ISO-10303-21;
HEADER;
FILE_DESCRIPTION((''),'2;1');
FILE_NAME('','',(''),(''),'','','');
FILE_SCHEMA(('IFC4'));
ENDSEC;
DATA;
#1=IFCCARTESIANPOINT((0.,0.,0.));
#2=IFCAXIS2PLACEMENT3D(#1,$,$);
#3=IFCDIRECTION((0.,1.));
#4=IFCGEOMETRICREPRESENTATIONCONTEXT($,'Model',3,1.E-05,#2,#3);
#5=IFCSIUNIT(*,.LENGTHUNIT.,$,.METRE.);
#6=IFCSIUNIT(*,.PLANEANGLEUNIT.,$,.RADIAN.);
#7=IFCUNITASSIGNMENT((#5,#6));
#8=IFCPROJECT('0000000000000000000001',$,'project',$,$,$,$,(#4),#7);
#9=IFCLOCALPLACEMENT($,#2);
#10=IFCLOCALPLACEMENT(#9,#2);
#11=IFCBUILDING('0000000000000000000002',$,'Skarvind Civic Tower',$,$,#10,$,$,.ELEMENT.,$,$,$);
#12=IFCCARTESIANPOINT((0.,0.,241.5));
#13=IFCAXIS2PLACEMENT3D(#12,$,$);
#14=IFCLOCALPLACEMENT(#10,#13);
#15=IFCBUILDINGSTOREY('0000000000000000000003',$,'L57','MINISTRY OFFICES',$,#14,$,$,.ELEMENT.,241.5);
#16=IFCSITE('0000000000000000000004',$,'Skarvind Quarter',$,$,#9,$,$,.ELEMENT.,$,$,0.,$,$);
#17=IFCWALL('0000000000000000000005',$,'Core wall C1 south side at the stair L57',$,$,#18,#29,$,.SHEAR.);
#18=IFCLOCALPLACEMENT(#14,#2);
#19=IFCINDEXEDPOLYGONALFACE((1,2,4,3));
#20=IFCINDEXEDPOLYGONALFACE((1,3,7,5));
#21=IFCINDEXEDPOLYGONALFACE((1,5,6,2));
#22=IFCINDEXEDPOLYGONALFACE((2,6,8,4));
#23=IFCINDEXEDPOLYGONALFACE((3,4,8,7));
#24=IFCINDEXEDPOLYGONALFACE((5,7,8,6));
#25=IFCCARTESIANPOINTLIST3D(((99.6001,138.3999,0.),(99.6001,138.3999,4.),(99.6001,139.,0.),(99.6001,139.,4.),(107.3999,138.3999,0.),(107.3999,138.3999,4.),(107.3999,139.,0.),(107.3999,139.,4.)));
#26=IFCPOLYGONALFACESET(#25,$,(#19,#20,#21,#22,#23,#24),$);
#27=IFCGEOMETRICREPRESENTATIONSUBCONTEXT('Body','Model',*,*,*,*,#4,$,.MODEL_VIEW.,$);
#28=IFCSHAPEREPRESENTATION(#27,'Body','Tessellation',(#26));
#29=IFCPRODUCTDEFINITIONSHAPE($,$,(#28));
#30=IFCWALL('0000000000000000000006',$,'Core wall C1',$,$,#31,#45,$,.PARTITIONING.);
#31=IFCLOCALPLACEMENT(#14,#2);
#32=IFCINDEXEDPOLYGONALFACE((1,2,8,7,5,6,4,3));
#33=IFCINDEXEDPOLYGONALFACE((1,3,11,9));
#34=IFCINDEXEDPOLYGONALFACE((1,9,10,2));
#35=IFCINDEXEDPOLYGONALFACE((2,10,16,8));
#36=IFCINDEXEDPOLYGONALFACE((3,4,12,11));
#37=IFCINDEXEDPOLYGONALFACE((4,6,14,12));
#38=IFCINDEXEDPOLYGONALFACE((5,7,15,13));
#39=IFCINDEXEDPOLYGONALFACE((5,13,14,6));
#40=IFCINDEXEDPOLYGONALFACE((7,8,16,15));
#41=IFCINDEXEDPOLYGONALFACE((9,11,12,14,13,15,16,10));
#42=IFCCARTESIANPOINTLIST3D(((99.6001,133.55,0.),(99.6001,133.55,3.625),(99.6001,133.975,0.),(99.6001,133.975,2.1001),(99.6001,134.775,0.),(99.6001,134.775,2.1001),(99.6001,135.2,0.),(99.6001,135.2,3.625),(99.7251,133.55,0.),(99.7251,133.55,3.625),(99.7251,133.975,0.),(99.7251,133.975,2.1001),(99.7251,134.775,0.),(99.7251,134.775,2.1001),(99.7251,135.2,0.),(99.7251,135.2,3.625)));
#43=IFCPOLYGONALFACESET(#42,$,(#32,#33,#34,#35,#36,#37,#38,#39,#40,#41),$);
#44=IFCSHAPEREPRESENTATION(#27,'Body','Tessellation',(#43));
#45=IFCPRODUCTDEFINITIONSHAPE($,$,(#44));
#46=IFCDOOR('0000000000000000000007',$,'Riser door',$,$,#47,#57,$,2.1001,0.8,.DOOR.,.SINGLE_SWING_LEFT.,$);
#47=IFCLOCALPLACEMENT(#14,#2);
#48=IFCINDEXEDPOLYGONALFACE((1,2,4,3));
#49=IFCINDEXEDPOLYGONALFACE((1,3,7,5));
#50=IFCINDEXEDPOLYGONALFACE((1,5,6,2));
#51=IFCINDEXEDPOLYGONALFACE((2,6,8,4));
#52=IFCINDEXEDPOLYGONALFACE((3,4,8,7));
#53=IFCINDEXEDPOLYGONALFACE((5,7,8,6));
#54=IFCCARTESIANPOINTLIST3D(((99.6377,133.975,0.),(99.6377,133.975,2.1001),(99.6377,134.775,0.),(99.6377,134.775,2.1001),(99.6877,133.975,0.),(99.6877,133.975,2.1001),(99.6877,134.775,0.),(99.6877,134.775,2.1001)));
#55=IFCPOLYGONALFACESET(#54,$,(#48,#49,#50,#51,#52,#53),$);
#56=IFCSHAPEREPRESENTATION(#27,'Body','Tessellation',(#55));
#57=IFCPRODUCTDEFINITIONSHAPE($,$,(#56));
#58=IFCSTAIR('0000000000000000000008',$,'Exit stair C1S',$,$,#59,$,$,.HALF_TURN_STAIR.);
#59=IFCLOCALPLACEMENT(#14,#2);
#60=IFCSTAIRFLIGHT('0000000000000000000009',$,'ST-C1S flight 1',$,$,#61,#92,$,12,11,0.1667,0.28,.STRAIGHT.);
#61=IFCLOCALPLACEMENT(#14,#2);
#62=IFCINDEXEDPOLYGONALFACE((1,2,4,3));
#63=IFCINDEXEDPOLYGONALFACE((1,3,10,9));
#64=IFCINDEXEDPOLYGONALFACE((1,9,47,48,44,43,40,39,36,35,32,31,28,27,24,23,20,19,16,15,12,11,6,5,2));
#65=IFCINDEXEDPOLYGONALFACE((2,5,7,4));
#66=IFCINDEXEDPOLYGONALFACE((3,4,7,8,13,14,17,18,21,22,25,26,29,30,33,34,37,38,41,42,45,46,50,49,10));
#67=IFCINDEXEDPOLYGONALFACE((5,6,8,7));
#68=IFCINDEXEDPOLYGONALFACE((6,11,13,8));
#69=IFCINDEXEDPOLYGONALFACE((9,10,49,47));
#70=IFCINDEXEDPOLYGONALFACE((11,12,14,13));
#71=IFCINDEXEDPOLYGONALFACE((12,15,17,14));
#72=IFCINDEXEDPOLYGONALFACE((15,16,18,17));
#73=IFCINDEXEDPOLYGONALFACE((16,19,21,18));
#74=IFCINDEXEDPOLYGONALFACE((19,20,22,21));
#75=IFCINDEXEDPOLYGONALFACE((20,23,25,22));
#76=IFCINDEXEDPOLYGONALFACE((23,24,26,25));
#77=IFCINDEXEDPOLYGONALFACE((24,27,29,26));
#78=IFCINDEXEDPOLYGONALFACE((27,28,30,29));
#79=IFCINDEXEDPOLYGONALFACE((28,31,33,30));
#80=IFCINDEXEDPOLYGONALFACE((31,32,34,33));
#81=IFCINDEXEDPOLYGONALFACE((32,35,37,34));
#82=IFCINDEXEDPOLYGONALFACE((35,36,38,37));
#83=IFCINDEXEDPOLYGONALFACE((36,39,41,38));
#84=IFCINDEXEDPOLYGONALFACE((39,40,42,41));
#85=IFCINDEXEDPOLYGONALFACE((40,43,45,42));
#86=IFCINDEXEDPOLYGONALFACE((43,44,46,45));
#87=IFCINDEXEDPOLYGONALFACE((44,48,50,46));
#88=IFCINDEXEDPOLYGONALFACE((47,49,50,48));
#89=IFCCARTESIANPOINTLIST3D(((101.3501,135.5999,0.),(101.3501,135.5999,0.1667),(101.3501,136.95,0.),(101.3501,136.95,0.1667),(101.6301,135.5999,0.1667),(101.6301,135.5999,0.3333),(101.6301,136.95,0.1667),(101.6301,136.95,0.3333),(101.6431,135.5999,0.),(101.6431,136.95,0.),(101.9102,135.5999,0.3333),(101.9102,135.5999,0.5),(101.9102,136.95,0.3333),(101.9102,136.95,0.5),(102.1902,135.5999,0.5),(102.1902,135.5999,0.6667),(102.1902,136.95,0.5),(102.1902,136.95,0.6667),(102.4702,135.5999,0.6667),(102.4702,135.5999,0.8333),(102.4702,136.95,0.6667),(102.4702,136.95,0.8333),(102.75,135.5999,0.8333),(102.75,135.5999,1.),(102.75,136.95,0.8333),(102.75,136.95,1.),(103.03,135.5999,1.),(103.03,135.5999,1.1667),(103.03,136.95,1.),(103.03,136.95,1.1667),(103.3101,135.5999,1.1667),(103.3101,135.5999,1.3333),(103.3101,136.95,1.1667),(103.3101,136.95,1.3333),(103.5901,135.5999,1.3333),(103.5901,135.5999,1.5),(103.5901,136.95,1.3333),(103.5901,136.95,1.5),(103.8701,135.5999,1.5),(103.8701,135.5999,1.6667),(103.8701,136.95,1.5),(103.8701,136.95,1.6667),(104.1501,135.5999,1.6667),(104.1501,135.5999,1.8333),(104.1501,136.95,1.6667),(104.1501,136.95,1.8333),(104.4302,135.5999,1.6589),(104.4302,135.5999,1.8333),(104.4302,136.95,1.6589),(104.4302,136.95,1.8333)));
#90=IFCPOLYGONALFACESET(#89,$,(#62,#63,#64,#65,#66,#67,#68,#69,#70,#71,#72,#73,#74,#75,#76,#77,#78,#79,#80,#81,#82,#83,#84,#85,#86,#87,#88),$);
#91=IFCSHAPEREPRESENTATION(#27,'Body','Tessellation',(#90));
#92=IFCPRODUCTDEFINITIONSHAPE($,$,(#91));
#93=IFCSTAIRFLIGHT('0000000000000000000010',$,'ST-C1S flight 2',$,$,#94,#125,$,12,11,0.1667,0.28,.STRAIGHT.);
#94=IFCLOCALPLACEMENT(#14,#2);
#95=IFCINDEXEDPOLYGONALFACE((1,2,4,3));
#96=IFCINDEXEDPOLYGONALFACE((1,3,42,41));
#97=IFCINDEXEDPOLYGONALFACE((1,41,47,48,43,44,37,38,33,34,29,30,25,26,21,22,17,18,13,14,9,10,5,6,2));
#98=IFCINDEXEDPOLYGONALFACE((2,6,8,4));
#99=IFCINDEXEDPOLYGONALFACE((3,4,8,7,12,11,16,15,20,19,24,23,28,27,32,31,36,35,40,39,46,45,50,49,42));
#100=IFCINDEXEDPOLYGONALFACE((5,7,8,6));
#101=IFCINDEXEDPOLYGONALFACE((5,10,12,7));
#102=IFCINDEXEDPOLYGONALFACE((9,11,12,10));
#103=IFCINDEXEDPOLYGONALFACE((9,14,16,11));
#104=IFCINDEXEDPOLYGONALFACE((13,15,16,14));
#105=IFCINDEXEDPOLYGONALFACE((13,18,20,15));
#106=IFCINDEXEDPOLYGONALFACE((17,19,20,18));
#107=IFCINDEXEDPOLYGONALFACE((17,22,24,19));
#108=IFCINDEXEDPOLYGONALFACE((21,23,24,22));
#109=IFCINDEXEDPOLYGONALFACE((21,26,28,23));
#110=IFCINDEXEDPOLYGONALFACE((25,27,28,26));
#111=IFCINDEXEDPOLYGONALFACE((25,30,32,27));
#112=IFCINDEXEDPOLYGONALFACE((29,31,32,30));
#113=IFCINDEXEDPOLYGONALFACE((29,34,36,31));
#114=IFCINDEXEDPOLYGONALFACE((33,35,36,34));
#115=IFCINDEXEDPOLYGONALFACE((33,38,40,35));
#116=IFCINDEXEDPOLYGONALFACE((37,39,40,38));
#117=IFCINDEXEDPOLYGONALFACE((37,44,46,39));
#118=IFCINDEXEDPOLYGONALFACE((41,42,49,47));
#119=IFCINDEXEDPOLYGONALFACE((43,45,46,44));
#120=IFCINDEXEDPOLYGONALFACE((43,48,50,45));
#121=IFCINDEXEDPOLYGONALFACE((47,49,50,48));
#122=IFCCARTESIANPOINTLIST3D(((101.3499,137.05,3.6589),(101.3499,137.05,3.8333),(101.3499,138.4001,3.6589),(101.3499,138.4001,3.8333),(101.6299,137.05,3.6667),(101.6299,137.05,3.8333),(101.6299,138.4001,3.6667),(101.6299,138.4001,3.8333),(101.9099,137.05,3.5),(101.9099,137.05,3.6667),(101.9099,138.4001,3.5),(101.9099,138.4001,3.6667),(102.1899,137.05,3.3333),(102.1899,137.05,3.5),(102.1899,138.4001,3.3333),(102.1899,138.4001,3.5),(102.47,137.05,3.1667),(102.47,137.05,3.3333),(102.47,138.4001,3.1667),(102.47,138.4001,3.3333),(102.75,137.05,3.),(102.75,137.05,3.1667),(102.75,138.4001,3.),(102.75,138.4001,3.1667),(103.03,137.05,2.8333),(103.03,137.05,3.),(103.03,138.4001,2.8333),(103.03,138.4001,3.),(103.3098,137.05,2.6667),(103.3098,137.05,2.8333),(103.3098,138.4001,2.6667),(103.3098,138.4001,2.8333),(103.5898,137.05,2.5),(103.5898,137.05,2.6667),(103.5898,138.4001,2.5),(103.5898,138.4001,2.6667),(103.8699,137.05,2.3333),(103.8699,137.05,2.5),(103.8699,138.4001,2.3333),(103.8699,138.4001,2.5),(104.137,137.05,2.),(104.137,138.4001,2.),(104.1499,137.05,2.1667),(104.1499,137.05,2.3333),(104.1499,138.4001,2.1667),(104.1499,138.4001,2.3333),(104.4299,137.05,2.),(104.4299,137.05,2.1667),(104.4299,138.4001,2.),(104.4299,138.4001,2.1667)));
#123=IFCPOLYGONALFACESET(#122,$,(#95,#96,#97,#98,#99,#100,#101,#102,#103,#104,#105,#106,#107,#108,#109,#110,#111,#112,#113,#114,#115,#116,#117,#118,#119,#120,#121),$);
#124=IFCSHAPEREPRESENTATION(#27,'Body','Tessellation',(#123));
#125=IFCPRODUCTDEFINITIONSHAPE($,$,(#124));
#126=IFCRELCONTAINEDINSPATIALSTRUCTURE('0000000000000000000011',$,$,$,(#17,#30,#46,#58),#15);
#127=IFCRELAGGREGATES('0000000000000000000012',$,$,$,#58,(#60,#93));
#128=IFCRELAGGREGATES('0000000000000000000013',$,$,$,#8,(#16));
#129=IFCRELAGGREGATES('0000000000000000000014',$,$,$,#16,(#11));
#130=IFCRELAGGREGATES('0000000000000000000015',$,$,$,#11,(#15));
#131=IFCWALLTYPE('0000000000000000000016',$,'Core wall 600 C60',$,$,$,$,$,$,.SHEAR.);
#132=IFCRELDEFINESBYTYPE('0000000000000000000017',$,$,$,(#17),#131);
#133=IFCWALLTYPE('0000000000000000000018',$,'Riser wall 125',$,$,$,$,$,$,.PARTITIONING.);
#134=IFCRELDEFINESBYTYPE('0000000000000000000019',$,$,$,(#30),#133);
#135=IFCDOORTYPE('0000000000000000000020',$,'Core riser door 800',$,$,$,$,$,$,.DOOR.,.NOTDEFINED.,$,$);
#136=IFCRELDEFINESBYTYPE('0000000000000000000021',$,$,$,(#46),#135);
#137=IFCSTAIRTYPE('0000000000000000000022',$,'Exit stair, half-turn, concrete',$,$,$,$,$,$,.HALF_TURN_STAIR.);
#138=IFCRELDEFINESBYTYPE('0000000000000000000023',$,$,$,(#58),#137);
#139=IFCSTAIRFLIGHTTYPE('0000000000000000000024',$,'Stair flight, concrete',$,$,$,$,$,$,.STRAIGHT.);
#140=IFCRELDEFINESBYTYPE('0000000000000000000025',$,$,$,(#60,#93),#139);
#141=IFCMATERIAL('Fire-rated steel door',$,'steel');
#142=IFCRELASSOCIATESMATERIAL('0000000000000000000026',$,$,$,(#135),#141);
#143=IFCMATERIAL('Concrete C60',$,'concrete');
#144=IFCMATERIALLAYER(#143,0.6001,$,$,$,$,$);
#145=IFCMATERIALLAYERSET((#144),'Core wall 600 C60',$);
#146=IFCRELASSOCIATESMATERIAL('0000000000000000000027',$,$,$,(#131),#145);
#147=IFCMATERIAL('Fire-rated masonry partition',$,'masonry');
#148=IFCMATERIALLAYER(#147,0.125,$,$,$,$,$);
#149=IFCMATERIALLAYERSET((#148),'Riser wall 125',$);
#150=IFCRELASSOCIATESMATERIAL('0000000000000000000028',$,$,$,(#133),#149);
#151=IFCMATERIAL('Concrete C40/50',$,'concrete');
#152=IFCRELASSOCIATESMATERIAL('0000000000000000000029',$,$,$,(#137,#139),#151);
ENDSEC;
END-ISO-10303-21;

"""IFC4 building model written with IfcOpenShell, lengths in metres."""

from ifc_helpers import new_model, si_unit, direction, frame, frame_2d, origin, place, context, subcontext, project, spatial, polyline, rectangle, outline, extrude, material, layer, layer_set, type_object, element, fill, aggregate, save


model = new_model("IFC4")

# Units and contexts
model_context = context("Model", 3, precision=1e-05, world=origin(), true_north=direction((0.0, 1.0)))
body_context = subcontext(model_context, "Body", "Model", "MODEL_VIEW")
ifc_project = project(units=[si_unit("LENGTHUNIT", "METRE"), si_unit("PLANEANGLEUNIT", "RADIAN")], contexts=[model_context])

# Site, building, storey
site_placement = place(None, origin())
site = spatial("IfcSite", under=ifc_project, at=site_placement, Name="Skarvind Quarter", CompositionType="ELEMENT", RefElevation=0.0)
building_placement = place(site_placement, origin())
building = spatial("IfcBuilding", under=site, at=building_placement, Name="Skarvind Civic Tower", CompositionType="ELEMENT")
storey_placement = place(building_placement, frame((0.0, 0.0, 241.5)))
storey = spatial("IfcBuildingStorey", under=building, at=storey_placement, Name="L57", Description="MINISTRY OFFICES", CompositionType="ELEMENT", Elevation=241.5)

# Shared definitions
ifc_material_1 = material(Name="Concrete C60", Category="concrete")
ifc_material_2 = material(Name="Fire-rated steel door", Category="steel")
door_type_1 = type_object("IfcDoorType", Name="Core riser door 800", OperationType="NOTDEFINED", PredefinedType="DOOR", material=ifc_material_2)

# Wall
ifc_layer_1 = layer(ifc_material_1, 0.6001)
ifc_layer_set_1 = layer_set([ifc_layer_1], Name="Core wall 600 C60")
wall_type_1 = type_object("IfcWallType", Name="Core wall 600 C60", PredefinedType="SHEAR", material=ifc_layer_set_1)
wall_1_placement = place(storey_placement, frame((107.3999, 138.7, 0.0), z_axis=(0.0, 0.0, 1.0), x_axis=(-1.0, 0.0, 0.0)))
element("IfcWall", 1, at=wall_1_placement, inside=storey, type_object=wall_type_1, Name="Core wall C1 south side at the stair L57", PredefinedType="SHEAR", context=body_context, shape_type="SweptSolid", body=[
    extrude(rectangle(XDim=7.7998, YDim=0.6001, at=frame_2d((3.8999, 0.0))), origin(), (0.0, 0.0, 1.0), 4.0),
])

# Wall, opening, door
ifc_material_3 = material(Name="Fire-rated masonry partition", Category="masonry")
ifc_layer_2 = layer(ifc_material_3, 0.125)
ifc_layer_set_2 = layer_set([ifc_layer_2], Name="Riser wall 125")
wall_type_2 = type_object("IfcWallType", Name="Riser wall 125", PredefinedType="PARTITIONING", material=ifc_layer_set_2)
wall_2_placement = place(storey_placement, frame((99.6626, 133.55, 0.0), z_axis=(0.0, 0.0, 1.0), x_axis=(0.0, 1.0, 0.0)))
wall_2 = element("IfcWall", 2, at=wall_2_placement, inside=storey, type_object=wall_type_2, Name="Core wall C1", PredefinedType="PARTITIONING", context=body_context, shape_type="SweptSolid", body=[
    extrude(rectangle(XDim=1.6499, YDim=0.125, at=frame_2d((0.825, 0.0))), origin(), (0.0, 0.0, 1.0), 3.625),
])
opening_1_placement = place(wall_2_placement, frame((0.425, 0.0, 0.0)))
opening_1 = element("IfcOpeningElement", 3, at=opening_1_placement, cuts=wall_2, PredefinedType="OPENING", context=body_context, shape_type="SweptSolid", body=[
    extrude(rectangle(XDim=0.8, YDim=2.1001, at=frame_2d((0.3999, 1.05))), frame((0.0, 0.0725, 0.0), z_axis=(0.0, -1.0, 0.0), x_axis=(1.0, 0.0, 0.0)), (0.0, 0.0, 1.0), 0.145),
])
door_1_placement = place(opening_1_placement, origin())
door_1 = element("IfcDoor", 4, at=door_1_placement, inside=storey, type_object=door_type_1, Name="Riser door", OperationType="SINGLE_SWING_LEFT", OverallHeight=2.1001, OverallWidth=0.8, PredefinedType="DOOR", context=body_context, shape_type="SweptSolid", body=[
    extrude(rectangle(XDim=0.8, YDim=2.1001, at=frame_2d((0.3999, 1.05))), frame((0.0, 0.0249, 0.0), z_axis=(0.0, -1.0, 0.0), x_axis=(1.0, 0.0, 0.0)), (0.0, 0.0, 1.0), 0.05),
])
fill(opening_1, door_1)

# Stair, stair flights
ifc_material_4 = material(Name="Concrete C40/50", Category="concrete")
stair_type = type_object("IfcStairType", Name="Exit stair, half-turn, concrete", PredefinedType="HALF_TURN_STAIR", material=ifc_material_4)
stair_placement = place(storey_placement, origin())
stair = element("IfcStair", 5, at=stair_placement, inside=storey, type_object=stair_type, Name="Exit stair C1S", PredefinedType="HALF_TURN_STAIR")
stair_flight_type = type_object("IfcStairFlightType", Name="Stair flight, concrete", PredefinedType="STRAIGHT", material=ifc_material_4)
stair_flight_1_placement = place(storey_placement, frame((101.3501, 136.2749, 0.0), z_axis=(0.0, 0.0, 1.0), x_axis=(1.0, 0.0, 0.0)))
stair_flight_1 = element("IfcStairFlight", 6, at=stair_flight_1_placement, type_object=stair_flight_type, Name="ST-C1S flight 1", NumberOfRisers=12, NumberOfTreads=11, PredefinedType="STRAIGHT", RiserHeight=0.1667, TreadLength=0.28, context=body_context, shape_type="SweptSolid", body=[
    extrude(outline(polyline([(0.0, 0.0), (0.0, 0.1667), (0.28, 0.1667), (0.28, 0.3333), (0.5601, 0.3333), (0.5601, 0.5), (0.8401, 0.5), (0.8401, 0.6667), (1.1201, 0.6667), (1.1201, 0.8333), (1.3999, 0.8333), (1.3999, 1.0), (1.6799, 1.0), (1.6799, 1.1667), (1.96, 1.1667), (1.96, 1.3333), (2.24, 1.3333), (2.24, 1.5), (2.52, 1.5), (2.52, 1.6667), (2.8, 1.6667), (2.8, 1.8333), (3.0801, 1.8333), (3.0801, 2.0), (3.0801, 1.6589), (0.293, 0.0), (0.0, 0.0)])), frame((0.0, 0.675, 0.0), z_axis=(0.0, -1.0, 0.0), x_axis=(1.0, 0.0, 0.0)), (0.0, 0.0, 1.0), 1.3501),
])
stair_flight_2_placement = place(storey_placement, frame((104.4299, 137.7251, 2.0), z_axis=(0.0, 0.0, 1.0), x_axis=(-1.0, 0.0, 0.0)))
stair_flight_2 = element("IfcStairFlight", 7, at=stair_flight_2_placement, type_object=stair_flight_type, Name="ST-C1S flight 2", NumberOfRisers=12, NumberOfTreads=11, PredefinedType="STRAIGHT", RiserHeight=0.1667, TreadLength=0.28, context=body_context, shape_type="SweptSolid", body=[
    extrude(outline(polyline([(0.0, 0.0), (0.0, 0.1667), (0.28, 0.1667), (0.28, 0.3333), (0.5601, 0.3333), (0.5601, 0.5), (0.8401, 0.5), (0.8401, 0.6667), (1.1201, 0.6667), (1.1201, 0.8333), (1.3999, 0.8333), (1.3999, 1.0), (1.6799, 1.0), (1.6799, 1.1667), (1.96, 1.1667), (1.96, 1.3333), (2.24, 1.3333), (2.24, 1.5), (2.52, 1.5), (2.52, 1.6667), (2.8, 1.6667), (2.8, 1.8333), (3.0801, 1.8333), (3.0801, 2.0), (3.0801, 1.6589), (0.293, 0.0), (0.0, 0.0)])), frame((0.0, 0.675, 0.0), z_axis=(0.0, -1.0, 0.0), x_axis=(1.0, 0.0, 0.0)), (0.0, 0.0, 1.0), 1.3501),
])
aggregate(stair, [stair_flight_1, stair_flight_2])

save(model, "model.ifc")
